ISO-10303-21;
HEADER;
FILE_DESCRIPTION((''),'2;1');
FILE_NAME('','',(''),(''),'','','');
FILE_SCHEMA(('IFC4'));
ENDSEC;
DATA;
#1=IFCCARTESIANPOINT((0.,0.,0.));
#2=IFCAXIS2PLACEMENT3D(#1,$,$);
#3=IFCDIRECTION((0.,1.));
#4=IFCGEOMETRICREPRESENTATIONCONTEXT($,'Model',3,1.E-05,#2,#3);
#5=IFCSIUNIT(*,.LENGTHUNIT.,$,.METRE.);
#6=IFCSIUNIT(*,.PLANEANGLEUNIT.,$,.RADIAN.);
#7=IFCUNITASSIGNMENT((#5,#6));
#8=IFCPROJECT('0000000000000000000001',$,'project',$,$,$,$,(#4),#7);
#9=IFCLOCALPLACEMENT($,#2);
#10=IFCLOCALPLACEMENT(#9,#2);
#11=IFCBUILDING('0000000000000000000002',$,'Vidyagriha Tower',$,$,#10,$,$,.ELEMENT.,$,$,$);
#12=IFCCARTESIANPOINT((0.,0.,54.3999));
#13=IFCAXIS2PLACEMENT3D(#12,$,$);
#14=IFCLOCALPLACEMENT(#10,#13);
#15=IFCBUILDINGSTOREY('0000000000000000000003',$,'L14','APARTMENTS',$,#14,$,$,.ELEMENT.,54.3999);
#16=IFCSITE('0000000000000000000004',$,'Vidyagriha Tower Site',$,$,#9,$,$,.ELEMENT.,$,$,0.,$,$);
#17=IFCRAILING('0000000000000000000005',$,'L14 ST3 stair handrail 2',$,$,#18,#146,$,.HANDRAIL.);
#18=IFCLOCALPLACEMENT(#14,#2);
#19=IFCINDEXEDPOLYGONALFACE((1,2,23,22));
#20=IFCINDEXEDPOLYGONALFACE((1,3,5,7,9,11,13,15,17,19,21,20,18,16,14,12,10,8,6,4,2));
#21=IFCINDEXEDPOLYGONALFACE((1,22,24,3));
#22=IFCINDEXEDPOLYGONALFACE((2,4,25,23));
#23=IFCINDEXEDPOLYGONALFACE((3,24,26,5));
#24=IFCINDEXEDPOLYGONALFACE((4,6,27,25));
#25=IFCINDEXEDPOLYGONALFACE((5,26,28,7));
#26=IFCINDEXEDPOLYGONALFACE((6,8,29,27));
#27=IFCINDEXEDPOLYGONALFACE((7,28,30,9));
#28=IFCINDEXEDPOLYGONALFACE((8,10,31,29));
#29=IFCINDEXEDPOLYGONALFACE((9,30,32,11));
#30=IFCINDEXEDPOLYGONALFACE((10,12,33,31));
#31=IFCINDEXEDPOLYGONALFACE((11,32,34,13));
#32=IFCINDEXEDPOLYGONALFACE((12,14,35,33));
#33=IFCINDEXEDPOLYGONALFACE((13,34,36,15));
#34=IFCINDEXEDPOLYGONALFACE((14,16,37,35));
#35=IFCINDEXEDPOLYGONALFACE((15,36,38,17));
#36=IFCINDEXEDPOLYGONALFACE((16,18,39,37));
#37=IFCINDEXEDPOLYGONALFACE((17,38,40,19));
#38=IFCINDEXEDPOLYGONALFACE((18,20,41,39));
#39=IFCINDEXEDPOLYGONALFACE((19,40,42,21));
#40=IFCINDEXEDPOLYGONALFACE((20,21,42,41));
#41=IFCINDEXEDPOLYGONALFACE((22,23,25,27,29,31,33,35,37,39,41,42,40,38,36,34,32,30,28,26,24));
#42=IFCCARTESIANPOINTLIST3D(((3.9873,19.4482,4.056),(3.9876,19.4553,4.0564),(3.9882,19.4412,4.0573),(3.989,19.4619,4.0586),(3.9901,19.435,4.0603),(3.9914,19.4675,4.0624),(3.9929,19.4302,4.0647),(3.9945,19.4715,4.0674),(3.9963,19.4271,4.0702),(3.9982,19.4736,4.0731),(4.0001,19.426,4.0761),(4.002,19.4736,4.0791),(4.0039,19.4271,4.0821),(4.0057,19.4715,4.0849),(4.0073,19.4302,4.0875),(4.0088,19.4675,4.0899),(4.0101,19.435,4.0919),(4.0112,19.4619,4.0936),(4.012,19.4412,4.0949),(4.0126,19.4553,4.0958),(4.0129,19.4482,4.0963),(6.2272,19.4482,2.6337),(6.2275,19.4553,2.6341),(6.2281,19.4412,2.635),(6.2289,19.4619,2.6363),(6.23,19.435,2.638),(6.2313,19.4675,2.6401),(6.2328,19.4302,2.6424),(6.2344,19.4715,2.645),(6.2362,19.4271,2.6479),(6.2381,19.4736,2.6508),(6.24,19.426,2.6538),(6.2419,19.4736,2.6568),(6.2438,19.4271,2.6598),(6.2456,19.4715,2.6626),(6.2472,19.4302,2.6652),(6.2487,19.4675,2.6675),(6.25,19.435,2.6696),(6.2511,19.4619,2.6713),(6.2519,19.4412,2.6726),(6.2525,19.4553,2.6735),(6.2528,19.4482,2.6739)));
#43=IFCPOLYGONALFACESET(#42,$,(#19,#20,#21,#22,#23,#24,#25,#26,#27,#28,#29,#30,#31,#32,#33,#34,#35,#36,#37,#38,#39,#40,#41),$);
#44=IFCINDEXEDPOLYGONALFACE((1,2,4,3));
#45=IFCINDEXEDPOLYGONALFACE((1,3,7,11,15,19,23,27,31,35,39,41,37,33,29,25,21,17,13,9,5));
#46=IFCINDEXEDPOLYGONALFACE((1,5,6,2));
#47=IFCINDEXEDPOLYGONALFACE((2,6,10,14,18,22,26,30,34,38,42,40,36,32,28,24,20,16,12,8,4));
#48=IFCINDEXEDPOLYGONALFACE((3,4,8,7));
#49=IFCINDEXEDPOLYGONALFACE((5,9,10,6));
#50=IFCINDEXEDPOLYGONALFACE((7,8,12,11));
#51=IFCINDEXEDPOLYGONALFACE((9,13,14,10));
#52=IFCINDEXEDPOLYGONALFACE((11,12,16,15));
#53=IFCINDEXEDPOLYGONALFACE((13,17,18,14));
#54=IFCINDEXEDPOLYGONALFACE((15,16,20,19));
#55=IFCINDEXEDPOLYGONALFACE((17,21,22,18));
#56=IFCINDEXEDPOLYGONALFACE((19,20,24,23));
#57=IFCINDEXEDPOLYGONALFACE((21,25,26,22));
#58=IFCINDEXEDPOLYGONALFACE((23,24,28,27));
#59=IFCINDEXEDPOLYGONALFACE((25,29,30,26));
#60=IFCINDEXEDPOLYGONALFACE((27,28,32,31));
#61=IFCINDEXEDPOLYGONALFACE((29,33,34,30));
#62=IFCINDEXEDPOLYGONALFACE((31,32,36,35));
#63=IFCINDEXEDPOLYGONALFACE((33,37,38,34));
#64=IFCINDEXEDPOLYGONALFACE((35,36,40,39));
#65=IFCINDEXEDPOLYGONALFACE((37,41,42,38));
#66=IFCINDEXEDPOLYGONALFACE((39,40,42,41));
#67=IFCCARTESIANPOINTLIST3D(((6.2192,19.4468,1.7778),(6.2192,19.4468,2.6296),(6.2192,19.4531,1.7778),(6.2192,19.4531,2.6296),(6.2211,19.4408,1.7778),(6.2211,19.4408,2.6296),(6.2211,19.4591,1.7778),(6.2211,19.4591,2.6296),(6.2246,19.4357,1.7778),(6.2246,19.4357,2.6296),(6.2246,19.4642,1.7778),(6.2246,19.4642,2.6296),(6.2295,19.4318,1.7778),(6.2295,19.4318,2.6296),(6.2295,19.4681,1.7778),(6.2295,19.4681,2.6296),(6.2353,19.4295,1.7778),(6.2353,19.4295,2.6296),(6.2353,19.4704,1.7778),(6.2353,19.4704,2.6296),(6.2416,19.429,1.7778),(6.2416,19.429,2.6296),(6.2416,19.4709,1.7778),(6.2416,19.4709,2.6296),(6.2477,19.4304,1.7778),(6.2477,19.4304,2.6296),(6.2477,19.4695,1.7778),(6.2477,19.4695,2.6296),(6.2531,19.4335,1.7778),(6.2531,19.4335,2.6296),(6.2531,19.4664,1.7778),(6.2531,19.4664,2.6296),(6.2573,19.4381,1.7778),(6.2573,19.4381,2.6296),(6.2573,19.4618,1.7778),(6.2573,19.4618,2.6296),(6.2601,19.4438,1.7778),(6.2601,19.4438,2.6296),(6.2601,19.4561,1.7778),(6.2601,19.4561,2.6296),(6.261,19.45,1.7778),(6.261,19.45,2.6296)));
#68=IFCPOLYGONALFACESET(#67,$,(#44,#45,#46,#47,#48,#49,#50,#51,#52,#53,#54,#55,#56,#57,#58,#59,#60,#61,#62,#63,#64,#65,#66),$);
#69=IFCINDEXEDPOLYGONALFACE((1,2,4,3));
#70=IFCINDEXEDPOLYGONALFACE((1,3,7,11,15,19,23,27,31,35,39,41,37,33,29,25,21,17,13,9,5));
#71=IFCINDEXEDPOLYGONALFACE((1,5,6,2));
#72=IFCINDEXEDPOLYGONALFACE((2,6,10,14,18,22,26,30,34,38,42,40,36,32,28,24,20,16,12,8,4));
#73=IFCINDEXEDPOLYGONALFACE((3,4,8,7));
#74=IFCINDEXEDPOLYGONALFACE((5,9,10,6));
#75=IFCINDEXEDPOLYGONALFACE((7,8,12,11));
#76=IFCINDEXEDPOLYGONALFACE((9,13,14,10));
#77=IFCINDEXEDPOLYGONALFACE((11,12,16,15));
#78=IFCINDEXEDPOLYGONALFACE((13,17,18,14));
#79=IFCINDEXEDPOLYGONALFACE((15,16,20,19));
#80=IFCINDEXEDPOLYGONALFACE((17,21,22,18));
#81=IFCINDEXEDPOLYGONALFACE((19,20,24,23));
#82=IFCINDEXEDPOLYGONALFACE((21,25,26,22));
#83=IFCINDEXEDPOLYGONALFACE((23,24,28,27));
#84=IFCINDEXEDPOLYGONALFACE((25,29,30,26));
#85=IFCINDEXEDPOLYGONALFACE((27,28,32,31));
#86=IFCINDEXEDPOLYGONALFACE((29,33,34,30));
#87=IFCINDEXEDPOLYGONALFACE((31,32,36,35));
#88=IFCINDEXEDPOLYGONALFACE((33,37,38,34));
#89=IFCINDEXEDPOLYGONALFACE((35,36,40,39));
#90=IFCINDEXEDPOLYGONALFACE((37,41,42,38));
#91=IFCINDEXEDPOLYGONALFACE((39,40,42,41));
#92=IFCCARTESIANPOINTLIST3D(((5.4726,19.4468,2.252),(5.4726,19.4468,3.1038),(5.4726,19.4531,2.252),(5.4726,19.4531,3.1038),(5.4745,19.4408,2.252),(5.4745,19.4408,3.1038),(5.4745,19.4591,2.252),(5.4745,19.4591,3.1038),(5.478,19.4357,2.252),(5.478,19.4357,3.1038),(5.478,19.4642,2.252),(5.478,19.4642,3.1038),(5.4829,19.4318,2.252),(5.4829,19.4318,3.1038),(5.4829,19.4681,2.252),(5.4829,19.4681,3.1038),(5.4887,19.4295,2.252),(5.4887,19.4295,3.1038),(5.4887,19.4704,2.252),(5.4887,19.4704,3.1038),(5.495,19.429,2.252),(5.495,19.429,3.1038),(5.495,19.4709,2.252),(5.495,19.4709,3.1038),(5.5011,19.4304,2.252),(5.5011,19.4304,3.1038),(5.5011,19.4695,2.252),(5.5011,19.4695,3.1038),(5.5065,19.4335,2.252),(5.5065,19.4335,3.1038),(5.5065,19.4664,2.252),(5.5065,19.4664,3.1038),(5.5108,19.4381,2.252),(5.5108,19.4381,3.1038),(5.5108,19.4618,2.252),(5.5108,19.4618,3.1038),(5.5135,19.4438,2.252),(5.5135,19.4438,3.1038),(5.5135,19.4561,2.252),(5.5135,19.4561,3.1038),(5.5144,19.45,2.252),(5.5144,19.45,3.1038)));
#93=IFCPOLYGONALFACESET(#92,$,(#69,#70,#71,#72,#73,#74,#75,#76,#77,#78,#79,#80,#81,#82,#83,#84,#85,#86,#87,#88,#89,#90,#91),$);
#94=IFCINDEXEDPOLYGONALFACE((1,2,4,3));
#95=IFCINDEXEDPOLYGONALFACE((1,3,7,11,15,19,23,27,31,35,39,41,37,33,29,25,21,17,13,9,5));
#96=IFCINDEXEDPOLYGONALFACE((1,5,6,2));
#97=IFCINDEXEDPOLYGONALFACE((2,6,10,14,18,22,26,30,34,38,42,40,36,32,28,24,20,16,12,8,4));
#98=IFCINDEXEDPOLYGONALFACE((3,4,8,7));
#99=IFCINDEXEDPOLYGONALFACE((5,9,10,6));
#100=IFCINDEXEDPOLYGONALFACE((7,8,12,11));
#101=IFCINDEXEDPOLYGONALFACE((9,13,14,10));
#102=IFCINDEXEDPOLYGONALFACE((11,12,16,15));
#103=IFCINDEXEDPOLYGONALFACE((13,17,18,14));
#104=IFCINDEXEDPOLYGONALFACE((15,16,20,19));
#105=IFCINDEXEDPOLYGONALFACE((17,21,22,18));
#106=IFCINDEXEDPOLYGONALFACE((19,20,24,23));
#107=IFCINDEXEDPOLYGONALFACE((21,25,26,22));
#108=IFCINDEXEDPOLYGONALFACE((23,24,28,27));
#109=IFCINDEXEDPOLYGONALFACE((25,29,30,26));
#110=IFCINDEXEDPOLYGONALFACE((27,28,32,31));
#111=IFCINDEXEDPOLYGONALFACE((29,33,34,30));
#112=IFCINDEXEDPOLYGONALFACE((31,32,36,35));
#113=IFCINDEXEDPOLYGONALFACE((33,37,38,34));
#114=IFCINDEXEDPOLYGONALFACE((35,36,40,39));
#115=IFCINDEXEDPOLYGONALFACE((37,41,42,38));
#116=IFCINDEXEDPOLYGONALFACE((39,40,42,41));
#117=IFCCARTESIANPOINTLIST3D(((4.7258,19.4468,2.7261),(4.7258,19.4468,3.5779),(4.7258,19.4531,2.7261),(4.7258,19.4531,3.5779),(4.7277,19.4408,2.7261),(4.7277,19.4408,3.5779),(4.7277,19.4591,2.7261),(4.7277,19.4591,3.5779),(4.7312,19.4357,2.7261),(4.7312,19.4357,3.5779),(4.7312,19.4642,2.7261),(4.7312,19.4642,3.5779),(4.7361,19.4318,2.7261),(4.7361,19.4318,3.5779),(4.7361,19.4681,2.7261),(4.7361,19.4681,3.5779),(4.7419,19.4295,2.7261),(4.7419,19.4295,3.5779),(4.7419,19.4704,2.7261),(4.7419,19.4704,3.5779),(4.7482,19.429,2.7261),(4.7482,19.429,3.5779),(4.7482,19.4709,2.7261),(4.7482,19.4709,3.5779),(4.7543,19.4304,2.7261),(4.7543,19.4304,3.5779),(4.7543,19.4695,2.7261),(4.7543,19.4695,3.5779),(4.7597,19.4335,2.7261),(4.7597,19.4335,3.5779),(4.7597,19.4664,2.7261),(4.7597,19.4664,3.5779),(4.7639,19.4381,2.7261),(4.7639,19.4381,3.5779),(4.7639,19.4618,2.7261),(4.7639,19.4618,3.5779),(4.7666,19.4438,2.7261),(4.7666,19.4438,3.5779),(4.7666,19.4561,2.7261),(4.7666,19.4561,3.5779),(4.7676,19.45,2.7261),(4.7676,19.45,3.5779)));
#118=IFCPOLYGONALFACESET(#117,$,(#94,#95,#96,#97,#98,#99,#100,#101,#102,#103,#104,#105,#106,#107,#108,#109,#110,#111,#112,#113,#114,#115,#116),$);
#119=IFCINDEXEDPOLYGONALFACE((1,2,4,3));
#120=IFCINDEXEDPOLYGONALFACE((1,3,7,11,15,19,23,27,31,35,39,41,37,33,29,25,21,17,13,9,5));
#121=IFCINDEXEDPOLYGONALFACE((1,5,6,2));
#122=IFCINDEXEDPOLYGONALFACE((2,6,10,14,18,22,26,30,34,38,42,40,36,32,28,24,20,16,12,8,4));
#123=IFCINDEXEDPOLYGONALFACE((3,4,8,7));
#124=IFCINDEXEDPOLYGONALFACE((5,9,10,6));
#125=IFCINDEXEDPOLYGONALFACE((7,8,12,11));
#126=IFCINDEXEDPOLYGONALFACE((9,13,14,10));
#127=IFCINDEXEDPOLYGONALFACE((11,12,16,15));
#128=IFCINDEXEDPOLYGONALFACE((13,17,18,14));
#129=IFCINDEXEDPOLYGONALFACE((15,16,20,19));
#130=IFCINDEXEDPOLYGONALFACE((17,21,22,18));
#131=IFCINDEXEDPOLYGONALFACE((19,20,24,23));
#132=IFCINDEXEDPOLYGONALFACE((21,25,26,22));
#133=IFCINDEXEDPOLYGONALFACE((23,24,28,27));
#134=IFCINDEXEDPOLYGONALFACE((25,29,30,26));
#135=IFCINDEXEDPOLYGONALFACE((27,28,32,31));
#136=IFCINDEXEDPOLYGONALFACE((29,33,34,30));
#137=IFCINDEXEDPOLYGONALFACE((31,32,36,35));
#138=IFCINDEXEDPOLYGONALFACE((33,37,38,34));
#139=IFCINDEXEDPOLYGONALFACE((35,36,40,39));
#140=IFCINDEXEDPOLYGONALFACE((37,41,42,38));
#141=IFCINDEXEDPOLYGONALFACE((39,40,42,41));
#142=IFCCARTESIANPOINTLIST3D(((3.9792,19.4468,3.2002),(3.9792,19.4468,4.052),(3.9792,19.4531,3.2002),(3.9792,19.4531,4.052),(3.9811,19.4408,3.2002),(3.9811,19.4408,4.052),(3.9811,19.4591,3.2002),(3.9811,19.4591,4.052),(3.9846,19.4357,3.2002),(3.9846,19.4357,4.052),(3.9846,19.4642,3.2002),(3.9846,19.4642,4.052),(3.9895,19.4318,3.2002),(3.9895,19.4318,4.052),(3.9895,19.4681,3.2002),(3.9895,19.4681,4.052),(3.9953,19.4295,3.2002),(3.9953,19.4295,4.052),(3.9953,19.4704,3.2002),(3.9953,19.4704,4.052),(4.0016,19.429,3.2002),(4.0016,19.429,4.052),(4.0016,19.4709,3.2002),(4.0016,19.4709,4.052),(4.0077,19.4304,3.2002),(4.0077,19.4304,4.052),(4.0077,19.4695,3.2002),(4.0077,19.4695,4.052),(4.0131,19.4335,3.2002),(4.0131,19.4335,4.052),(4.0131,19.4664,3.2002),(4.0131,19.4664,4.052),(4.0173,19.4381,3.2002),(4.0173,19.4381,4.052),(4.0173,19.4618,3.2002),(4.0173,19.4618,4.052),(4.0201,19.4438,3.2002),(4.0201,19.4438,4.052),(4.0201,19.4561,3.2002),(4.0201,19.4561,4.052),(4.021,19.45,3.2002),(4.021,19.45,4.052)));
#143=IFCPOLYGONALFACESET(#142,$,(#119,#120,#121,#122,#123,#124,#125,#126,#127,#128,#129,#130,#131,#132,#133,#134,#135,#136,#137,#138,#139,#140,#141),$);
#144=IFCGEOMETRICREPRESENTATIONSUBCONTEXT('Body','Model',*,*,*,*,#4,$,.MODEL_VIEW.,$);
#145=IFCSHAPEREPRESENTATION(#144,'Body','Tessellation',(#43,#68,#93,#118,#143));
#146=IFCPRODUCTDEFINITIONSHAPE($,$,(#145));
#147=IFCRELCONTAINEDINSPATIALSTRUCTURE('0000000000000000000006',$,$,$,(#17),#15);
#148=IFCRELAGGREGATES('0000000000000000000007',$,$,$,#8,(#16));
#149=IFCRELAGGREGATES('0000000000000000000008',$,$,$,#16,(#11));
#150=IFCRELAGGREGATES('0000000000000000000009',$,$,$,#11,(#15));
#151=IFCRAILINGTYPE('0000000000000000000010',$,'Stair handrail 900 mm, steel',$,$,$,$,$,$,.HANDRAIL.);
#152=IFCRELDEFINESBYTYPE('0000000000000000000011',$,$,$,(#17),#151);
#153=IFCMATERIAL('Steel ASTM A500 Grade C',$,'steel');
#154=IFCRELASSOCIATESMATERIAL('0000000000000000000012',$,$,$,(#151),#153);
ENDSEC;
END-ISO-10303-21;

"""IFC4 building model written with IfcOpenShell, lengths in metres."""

from ifc_helpers import new_model, si_unit, direction, frame, origin, origin_2d, place, context, subcontext, project, spatial, circle, extrude, material, type_object, element, save


model = new_model("IFC4")

# Units and contexts
model_context = context("Model", 3, precision=1e-05, world=origin(), true_north=direction((0.0, 1.0)))
body_context = subcontext(model_context, "Body", "Model", "MODEL_VIEW")
ifc_project = project(units=[si_unit("LENGTHUNIT", "METRE"), si_unit("PLANEANGLEUNIT", "RADIAN")], contexts=[model_context])

# Site, building, storey
site_placement = place(None, origin())
site = spatial("IfcSite", under=ifc_project, at=site_placement, Name="Vidyagriha Tower Site", CompositionType="ELEMENT", RefElevation=0.0)
building_placement = place(site_placement, origin())
building = spatial("IfcBuilding", under=site, at=building_placement, Name="Vidyagriha Tower", CompositionType="ELEMENT")
storey_placement = place(building_placement, frame((0.0, 0.0, 54.3999)))
storey = spatial("IfcBuildingStorey", under=building, at=storey_placement, Name="L14", Description="APARTMENTS", CompositionType="ELEMENT", Elevation=54.3999)

# Railing
ifc_material_1 = material(Name="Steel ASTM A500 Grade C", Category="steel")
railing_type_1 = type_object("IfcRailingType", Name="Stair handrail 900 mm, steel", PredefinedType="HANDRAIL", material=ifc_material_1)
railing_1_placement = place(storey_placement, frame((6.24, 19.45, 1.7778)))
element("IfcRailing", 1, at=railing_1_placement, inside=storey, type_object=railing_type_1, Name="L14 ST3 stair handrail 2", PredefinedType="HANDRAIL", context=body_context, shape_type="SweptSolid", body=[
    extrude(circle(Radius=0.0239, at=origin_2d()), frame((0.0, 0.0, 0.876), z_axis=(-0.844188, 0.0, 0.536048), x_axis=(0.0, -1.0, 0.0)), (0.0, 0.0, 1.0), 2.6533),
    extrude(circle(Radius=0.021, at=origin_2d()), origin(), (0.0, 0.0, 1.0), 0.8518),
    extrude(circle(Radius=0.021, at=origin_2d()), frame((-0.7466, 0.0, 0.4741)), (0.0, 0.0, 1.0), 0.8518),
    extrude(circle(Radius=0.021, at=origin_2d()), frame((-1.4934, 0.0, 0.9482)), (0.0, 0.0, 1.0), 0.8518),
    extrude(circle(Radius=0.021, at=origin_2d()), frame((-2.24, 0.0, 1.4224)), (0.0, 0.0, 1.0), 0.8518),
])

save(model, "model.ifc")
